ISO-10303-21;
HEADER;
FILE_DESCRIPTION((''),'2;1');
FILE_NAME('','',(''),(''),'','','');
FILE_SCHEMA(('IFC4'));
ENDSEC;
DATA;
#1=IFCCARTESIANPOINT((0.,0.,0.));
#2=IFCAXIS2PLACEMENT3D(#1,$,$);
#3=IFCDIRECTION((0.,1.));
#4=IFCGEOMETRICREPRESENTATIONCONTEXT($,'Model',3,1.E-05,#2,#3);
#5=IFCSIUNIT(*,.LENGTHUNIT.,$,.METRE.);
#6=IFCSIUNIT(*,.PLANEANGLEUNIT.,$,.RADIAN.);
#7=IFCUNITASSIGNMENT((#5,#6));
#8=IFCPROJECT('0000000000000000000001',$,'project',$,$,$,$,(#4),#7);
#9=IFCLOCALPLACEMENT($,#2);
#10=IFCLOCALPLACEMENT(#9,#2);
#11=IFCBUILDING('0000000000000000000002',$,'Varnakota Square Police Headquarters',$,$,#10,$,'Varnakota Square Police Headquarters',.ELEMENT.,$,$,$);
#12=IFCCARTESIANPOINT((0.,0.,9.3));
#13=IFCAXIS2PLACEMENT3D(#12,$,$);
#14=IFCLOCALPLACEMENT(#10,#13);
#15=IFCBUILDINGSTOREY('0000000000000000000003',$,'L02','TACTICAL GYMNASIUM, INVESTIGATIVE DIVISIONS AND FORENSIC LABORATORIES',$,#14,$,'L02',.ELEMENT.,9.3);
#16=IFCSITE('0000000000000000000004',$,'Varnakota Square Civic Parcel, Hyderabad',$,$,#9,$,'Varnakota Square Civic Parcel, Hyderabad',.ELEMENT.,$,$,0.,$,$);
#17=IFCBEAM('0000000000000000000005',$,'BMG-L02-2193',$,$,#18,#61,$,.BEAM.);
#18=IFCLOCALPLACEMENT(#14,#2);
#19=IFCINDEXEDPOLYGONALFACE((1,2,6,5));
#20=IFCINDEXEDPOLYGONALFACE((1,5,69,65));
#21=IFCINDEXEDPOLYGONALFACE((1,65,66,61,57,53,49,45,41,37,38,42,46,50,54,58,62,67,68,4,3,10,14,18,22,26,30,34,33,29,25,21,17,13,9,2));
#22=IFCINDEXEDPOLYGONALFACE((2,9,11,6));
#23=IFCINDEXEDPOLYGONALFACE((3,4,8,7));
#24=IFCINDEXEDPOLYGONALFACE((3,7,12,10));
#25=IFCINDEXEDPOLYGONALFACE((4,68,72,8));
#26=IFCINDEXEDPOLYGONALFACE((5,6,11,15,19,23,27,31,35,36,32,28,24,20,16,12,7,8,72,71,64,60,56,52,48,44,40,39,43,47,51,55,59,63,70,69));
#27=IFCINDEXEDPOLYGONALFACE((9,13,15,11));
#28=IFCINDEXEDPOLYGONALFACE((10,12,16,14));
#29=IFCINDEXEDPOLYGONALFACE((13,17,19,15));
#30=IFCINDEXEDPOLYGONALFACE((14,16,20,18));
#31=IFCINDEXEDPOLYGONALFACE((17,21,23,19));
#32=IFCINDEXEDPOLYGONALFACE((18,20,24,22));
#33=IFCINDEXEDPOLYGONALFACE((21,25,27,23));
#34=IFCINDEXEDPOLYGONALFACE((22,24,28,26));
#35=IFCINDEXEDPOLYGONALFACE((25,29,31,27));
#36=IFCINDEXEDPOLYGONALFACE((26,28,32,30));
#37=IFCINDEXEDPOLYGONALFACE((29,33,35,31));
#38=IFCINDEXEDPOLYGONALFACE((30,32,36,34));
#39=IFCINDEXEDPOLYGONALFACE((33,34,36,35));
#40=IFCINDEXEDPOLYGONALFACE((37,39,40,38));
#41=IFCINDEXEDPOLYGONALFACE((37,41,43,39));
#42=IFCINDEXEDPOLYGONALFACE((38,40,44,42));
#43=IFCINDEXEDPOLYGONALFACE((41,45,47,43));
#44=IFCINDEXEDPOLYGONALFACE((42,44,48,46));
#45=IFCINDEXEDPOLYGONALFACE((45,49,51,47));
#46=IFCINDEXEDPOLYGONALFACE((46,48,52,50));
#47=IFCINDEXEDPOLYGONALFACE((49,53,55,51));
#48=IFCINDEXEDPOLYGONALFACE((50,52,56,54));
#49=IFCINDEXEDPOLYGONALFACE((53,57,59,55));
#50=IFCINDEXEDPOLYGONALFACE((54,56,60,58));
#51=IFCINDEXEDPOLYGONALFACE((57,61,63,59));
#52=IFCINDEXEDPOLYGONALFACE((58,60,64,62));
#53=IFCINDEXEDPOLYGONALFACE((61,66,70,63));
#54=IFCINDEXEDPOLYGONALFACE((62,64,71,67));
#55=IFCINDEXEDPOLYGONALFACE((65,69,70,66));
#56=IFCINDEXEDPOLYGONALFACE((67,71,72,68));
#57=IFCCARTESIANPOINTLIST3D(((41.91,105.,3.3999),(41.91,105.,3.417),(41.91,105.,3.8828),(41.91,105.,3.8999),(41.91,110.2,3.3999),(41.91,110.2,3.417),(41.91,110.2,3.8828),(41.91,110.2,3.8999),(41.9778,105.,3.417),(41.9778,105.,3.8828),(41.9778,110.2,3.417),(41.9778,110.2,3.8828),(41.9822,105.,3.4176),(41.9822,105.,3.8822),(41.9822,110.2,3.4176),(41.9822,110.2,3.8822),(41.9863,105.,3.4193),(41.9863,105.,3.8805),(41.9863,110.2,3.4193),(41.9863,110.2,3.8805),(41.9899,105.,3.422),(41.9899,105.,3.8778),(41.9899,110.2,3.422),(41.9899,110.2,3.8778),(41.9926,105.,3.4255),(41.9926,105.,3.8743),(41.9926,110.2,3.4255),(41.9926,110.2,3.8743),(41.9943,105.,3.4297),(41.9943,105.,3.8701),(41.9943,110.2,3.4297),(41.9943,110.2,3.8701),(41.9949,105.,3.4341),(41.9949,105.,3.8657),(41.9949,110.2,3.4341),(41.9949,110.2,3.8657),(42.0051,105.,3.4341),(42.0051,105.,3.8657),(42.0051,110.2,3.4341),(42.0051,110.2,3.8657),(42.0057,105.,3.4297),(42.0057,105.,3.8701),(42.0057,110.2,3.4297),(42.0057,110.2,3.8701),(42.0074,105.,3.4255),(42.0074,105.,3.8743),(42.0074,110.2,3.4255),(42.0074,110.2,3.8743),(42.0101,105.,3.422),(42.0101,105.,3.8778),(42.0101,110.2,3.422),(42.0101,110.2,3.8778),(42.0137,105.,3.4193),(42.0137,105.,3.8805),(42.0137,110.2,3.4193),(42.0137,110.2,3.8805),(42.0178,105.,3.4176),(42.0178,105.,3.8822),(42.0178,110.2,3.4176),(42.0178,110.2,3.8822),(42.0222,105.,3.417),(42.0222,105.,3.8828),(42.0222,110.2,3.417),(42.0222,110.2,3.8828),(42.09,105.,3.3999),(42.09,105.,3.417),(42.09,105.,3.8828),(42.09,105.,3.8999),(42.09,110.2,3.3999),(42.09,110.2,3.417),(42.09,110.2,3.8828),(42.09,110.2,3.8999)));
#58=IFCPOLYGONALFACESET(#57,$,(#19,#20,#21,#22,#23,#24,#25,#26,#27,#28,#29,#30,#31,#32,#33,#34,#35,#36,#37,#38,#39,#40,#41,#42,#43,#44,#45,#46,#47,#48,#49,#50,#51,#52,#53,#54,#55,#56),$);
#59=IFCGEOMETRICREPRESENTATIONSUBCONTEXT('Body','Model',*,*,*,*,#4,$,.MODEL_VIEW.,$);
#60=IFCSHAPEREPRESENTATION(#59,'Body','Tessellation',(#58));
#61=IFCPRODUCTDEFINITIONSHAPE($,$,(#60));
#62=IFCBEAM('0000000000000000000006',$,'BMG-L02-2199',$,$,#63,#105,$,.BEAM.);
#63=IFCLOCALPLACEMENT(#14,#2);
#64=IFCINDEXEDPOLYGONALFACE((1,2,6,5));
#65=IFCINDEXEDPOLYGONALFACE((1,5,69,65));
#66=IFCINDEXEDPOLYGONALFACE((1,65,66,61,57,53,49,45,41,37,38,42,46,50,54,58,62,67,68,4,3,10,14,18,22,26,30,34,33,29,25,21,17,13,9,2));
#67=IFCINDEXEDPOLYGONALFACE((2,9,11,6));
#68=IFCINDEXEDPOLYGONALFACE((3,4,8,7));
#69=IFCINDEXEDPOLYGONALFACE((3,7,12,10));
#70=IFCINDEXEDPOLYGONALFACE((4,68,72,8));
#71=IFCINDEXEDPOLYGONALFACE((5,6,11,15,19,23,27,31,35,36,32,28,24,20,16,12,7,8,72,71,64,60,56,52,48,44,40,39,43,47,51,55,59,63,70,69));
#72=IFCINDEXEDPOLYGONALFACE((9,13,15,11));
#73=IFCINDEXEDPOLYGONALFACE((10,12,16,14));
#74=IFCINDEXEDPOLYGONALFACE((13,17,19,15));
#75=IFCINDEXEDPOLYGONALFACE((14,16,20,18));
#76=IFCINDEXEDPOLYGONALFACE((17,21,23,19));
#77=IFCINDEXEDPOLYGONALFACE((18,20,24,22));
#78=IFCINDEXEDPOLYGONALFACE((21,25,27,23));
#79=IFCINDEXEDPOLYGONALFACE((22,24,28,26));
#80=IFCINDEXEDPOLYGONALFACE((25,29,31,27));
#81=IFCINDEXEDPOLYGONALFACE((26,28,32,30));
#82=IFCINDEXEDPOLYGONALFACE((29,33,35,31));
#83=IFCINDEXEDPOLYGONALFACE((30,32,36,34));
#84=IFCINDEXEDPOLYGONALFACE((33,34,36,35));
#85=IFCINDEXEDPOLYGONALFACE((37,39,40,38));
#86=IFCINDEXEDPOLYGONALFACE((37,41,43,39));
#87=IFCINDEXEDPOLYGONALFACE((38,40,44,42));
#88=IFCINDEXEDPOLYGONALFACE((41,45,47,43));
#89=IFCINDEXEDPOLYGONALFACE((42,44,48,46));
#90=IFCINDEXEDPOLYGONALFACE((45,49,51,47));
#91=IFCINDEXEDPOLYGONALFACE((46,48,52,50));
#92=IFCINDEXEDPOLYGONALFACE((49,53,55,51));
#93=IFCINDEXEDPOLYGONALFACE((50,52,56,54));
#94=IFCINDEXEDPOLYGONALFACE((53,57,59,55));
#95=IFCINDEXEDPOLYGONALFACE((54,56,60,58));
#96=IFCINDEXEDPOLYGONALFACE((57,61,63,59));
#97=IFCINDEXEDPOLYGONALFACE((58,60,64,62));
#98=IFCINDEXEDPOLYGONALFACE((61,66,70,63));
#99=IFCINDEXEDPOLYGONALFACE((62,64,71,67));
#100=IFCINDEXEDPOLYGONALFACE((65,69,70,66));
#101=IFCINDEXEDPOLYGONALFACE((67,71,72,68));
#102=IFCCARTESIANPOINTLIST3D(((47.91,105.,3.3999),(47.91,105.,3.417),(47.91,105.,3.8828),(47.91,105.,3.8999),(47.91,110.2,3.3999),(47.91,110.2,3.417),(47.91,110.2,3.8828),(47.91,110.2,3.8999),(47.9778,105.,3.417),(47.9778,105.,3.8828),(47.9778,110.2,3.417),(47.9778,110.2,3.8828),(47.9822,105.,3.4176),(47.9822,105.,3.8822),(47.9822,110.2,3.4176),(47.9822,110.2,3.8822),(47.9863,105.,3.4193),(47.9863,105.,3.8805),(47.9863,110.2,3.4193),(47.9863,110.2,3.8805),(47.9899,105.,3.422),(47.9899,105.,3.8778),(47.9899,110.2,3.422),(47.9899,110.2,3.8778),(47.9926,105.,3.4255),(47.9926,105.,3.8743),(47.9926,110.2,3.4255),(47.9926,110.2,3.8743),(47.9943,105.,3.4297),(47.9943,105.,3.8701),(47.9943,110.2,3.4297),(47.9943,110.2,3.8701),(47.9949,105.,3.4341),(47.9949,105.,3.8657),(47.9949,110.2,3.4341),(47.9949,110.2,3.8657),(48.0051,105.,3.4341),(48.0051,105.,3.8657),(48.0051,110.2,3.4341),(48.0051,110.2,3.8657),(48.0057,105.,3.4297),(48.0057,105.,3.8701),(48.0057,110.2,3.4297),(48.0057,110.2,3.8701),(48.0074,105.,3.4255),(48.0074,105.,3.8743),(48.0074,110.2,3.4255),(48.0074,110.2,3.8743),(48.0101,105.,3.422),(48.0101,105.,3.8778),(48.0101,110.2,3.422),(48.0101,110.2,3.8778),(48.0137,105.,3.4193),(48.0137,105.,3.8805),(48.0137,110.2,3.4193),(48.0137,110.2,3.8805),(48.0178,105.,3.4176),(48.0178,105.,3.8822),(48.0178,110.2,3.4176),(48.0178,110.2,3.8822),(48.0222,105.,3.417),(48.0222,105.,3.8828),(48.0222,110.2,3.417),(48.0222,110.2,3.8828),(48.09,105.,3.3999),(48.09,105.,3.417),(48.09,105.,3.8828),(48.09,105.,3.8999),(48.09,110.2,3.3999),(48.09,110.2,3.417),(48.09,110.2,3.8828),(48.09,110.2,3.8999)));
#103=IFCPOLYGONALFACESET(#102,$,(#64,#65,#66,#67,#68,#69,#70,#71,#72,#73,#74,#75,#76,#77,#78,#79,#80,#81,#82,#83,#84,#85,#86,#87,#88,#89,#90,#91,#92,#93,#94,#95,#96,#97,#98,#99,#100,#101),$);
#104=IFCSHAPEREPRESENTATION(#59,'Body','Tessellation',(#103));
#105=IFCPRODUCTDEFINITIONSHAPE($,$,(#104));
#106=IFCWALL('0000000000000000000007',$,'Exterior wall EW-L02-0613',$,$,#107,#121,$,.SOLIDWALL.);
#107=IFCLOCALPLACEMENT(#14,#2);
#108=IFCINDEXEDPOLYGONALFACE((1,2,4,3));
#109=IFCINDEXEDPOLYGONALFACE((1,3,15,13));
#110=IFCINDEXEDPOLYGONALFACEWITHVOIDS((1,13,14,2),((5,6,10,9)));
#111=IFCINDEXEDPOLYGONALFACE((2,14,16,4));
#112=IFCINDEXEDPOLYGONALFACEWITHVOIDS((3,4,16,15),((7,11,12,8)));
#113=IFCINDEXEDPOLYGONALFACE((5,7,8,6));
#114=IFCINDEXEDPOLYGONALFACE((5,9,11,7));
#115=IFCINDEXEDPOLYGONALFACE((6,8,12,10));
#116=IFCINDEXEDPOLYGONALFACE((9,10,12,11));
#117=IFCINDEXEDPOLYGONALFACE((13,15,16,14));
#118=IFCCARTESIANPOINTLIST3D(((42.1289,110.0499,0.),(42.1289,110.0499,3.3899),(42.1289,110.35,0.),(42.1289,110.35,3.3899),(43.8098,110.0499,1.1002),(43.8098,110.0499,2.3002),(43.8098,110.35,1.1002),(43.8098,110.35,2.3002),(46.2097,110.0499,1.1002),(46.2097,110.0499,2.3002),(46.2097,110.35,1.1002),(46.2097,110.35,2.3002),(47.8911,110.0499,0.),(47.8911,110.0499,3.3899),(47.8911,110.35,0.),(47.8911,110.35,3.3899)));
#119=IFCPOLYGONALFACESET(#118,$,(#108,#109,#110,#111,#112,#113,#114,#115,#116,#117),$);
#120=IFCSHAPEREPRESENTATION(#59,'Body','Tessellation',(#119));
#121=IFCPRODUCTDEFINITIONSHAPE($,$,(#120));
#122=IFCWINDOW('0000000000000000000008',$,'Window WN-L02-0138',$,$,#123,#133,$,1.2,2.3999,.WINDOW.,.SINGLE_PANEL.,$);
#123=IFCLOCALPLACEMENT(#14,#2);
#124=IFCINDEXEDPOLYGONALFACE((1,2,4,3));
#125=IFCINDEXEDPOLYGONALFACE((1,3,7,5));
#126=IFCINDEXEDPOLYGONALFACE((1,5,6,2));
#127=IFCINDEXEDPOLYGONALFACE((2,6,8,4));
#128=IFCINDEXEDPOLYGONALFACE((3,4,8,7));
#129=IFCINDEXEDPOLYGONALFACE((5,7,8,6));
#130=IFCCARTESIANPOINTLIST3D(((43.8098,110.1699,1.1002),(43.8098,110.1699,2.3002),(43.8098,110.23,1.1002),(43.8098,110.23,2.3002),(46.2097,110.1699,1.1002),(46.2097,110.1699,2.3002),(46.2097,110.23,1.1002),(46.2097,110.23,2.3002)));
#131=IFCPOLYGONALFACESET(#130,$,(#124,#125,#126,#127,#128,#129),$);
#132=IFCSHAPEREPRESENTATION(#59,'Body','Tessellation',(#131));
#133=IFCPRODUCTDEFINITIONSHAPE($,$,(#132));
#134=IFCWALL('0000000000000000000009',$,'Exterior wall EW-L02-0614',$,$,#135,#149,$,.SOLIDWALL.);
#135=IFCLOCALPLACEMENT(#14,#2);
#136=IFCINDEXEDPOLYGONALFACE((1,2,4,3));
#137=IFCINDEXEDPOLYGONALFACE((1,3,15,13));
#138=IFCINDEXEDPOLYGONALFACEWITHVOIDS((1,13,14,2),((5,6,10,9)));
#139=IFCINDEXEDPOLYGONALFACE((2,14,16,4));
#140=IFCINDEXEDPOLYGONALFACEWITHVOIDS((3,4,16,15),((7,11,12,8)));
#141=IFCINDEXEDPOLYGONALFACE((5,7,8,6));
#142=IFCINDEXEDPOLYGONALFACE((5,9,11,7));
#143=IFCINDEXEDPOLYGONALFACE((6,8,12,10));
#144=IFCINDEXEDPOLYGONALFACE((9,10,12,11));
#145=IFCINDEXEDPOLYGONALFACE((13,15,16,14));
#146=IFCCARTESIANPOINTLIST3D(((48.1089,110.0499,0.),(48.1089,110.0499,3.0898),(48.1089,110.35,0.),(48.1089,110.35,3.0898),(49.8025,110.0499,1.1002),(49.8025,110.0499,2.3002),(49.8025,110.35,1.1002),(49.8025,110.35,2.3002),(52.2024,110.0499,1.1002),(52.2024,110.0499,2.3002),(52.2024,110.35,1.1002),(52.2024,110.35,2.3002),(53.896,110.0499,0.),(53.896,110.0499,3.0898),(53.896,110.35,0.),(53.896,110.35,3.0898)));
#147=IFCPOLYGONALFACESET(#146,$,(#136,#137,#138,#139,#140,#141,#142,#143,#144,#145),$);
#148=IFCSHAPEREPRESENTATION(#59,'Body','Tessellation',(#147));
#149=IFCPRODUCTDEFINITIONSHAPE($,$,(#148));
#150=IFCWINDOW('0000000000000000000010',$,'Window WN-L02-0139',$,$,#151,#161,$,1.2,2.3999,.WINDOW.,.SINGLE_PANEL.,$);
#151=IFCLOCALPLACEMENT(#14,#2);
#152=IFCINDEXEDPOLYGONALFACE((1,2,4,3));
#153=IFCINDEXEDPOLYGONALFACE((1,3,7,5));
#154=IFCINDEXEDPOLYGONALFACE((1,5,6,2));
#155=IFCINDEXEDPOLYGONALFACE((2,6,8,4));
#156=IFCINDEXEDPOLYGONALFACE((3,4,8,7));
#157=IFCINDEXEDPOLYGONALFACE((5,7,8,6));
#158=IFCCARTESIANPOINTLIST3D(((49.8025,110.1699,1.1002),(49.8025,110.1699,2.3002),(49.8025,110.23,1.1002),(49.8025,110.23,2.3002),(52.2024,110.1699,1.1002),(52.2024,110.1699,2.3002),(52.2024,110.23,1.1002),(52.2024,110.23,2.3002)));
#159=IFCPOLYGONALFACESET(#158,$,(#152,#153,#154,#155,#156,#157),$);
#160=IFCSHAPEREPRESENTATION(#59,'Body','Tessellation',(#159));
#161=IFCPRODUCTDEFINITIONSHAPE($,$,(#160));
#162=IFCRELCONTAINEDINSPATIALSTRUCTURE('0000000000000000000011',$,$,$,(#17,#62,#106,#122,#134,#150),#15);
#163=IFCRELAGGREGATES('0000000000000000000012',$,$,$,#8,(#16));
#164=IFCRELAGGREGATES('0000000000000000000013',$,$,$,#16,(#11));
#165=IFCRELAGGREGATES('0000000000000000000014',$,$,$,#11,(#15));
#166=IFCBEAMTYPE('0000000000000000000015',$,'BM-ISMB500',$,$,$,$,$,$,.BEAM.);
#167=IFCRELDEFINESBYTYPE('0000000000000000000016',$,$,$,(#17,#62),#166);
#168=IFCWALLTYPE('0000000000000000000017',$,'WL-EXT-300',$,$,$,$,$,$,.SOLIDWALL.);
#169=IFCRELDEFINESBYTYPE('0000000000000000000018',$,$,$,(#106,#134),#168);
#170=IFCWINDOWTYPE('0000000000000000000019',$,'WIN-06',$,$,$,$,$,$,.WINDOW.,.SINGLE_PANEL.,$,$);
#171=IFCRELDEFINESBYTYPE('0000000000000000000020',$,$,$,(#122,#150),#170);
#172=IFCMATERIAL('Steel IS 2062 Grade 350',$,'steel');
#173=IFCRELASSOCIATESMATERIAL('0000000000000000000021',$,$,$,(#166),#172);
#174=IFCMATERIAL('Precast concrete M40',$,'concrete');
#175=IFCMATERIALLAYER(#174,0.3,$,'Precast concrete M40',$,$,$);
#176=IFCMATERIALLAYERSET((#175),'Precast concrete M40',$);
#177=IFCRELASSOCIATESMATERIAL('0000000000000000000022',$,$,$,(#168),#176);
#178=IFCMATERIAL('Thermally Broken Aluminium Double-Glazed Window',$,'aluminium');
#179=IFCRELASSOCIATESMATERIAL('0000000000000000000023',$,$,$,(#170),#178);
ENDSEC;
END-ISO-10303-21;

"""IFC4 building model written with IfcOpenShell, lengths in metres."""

from ifc_helpers import new_model, si_unit, direction, frame, frame_2d, origin, origin_2d, place, context, subcontext, project, spatial, rectangle, i_section, extrude, material, layer, layer_set, material_profile, profile_set, type_object, element, fill, save


model = new_model("IFC4")

# Units and contexts
model_context = context("Model", 3, precision=1e-05, world=origin(), true_north=direction((0.0, 1.0)))
body_context = subcontext(model_context, "Body", "Model", "MODEL_VIEW")
ifc_project = project(units=[si_unit("LENGTHUNIT", "METRE"), si_unit("PLANEANGLEUNIT", "RADIAN")], contexts=[model_context])

# Site, building, storey
site_placement = place(None, origin())
site = spatial("IfcSite", under=ifc_project, at=site_placement, Name="Varnakota Square Civic Parcel, Hyderabad", LongName="Varnakota Square Civic Parcel, Hyderabad", CompositionType="ELEMENT", RefElevation=0.0)
building_placement = place(site_placement, origin())
building = spatial("IfcBuilding", under=site, at=building_placement, Name="Varnakota Square Police Headquarters", LongName="Varnakota Square Police Headquarters", CompositionType="ELEMENT")
storey_placement = place(building_placement, frame((0.0, 0.0, 9.3)))
storey = spatial("IfcBuildingStorey", under=building, at=storey_placement, Name="L02", Description="TACTICAL GYMNASIUM, INVESTIGATIVE DIVISIONS AND FORENSIC LABORATORIES", LongName="L02", CompositionType="ELEMENT", Elevation=9.3)

# Shared definitions
ifc_material_1 = material(Name="Steel IS 2062 Grade 350", Category="steel")

# Beams
ifc_material_profile_1 = material_profile(ifc_material_1, i_section(OverallWidth=0.1799, OverallDepth=0.5, WebThickness=0.0103, FlangeThickness=0.0171, FilletRadius=0.0171, at=origin_2d()), Name="ISMB 500")
ifc_profile_set_1 = profile_set([ifc_material_profile_1], Name="Steel IS 2062 Grade 350")
beam_type_1 = type_object("IfcBeamType", Name="BM-ISMB500", PredefinedType="BEAM", material=ifc_profile_set_1)
for number, where, z_axis, x_axis, name in (
    (1, (42.0, 105.0, 3.6499), (0.0, 1.0, 0.0), (-1.0, 0.0, 0.0), "BMG-L02-2193"),
    (2, (48.0, 105.0, 3.6499), (0.0, 1.0, 0.0), (-1.0, 0.0, 0.0), "BMG-L02-2199"),
):
    element("IfcBeam", number, at=place(storey_placement, frame(where, z_axis=z_axis, x_axis=x_axis)), inside=storey, type_object=beam_type_1, Name=name, PredefinedType="BEAM", context=body_context, shape_type="SweptSolid", body=[
        extrude(i_section(OverallWidth=0.1799, OverallDepth=0.5, WebThickness=0.0103, FlangeThickness=0.0171, FilletRadius=0.0171, at=origin_2d()), origin(), (0.0, 0.0, 1.0), 5.2),
    ])

# Walls, openings, windows
ifc_material_2 = material(Name="Precast concrete M40", Category="concrete")
ifc_layer_1 = layer(ifc_material_2, 0.3, Name="Precast concrete M40")
ifc_layer_set_1 = layer_set([ifc_layer_1], Name="Precast concrete M40")
wall_type_1 = type_object("IfcWallType", Name="WL-EXT-300", PredefinedType="SOLIDWALL", material=ifc_layer_set_1)
wall_1_placement = place(storey_placement, frame((42.1289, 110.2, 0.0), z_axis=(0.0, 0.0, 1.0), x_axis=(1.0, 0.0, 0.0)))
wall_1 = element("IfcWall", 3, at=wall_1_placement, inside=storey, type_object=wall_type_1, Name="Exterior wall EW-L02-0613", PredefinedType="SOLIDWALL", context=body_context, shape_type="SweptSolid", body=[
    extrude(rectangle(XDim=5.7622, YDim=0.3, at=frame_2d((2.8811, 0.0))), origin(), (0.0, 0.0, 1.0), 3.3899),
])
opening_1_placement = place(wall_1_placement, frame((1.6809, 0.0, 1.1001)))
opening_1 = element("IfcOpeningElement", 4, at=opening_1_placement, cuts=wall_1, PredefinedType="OPENING", context=body_context, shape_type="SweptSolid", body=[
    extrude(rectangle(XDim=2.3999, YDim=1.2, at=frame_2d((1.2, 0.6001))), frame((0.0, 0.1599, 0.0), z_axis=(0.0, -1.0, 0.0), x_axis=(1.0, 0.0, 0.0)), (0.0, 0.0, 1.0), 0.3201),
])
ifc_material_3 = material(Name="Thermally Broken Aluminium Double-Glazed Window", Category="aluminium")
window_type_1 = type_object("IfcWindowType", Name="WIN-06", PartitioningType="SINGLE_PANEL", PredefinedType="WINDOW", material=ifc_material_3)
window_1_placement = place(opening_1_placement, origin())
window_1 = element("IfcWindow", 5, at=window_1_placement, inside=storey, type_object=window_type_1, Name="Window WN-L02-0138", OverallHeight=1.2, OverallWidth=2.3999, PartitioningType="SINGLE_PANEL", PredefinedType="WINDOW", context=body_context, shape_type="SweptSolid", body=[
    extrude(rectangle(XDim=2.3999, YDim=1.2, at=frame_2d((1.2, 0.6001))), frame((0.0, 0.03, 0.0), z_axis=(0.0, -1.0, 0.0), x_axis=(1.0, 0.0, 0.0)), (0.0, 0.0, 1.0), 0.0601),
])
fill(opening_1, window_1)
wall_2_placement = place(storey_placement, frame((48.1089, 110.2, 0.0), z_axis=(0.0, 0.0, 1.0), x_axis=(1.0, 0.0, 0.0)))
wall_2 = element("IfcWall", 6, at=wall_2_placement, inside=storey, type_object=wall_type_1, Name="Exterior wall EW-L02-0614", PredefinedType="SOLIDWALL", context=body_context, shape_type="SweptSolid", body=[
    extrude(rectangle(XDim=5.7871, YDim=0.3, at=frame_2d((2.8936, 0.0))), origin(), (0.0, 0.0, 1.0), 3.0898),
])
opening_2_placement = place(wall_2_placement, frame((1.6936, 0.0, 1.1001)))
opening_2 = element("IfcOpeningElement", 7, at=opening_2_placement, cuts=wall_2, PredefinedType="OPENING", context=body_context, shape_type="SweptSolid", body=[
    extrude(rectangle(XDim=2.3999, YDim=1.2, at=frame_2d((1.2, 0.6001))), frame((0.0, 0.1599, 0.0), z_axis=(0.0, -1.0, 0.0), x_axis=(1.0, 0.0, 0.0)), (0.0, 0.0, 1.0), 0.3201),
])
window_2_placement = place(opening_2_placement, origin())
window_2 = element("IfcWindow", 8, at=window_2_placement, inside=storey, type_object=window_type_1, Name="Window WN-L02-0139", OverallHeight=1.2, OverallWidth=2.3999, PartitioningType="SINGLE_PANEL", PredefinedType="WINDOW", context=body_context, shape_type="SweptSolid", body=[
    extrude(rectangle(XDim=2.3999, YDim=1.2, at=frame_2d((1.2, 0.6001))), frame((0.0, 0.03, 0.0), z_axis=(0.0, -1.0, 0.0), x_axis=(1.0, 0.0, 0.0)), (0.0, 0.0, 1.0), 0.0601),
])
fill(opening_2, window_2)

save(model, "model.ifc")
